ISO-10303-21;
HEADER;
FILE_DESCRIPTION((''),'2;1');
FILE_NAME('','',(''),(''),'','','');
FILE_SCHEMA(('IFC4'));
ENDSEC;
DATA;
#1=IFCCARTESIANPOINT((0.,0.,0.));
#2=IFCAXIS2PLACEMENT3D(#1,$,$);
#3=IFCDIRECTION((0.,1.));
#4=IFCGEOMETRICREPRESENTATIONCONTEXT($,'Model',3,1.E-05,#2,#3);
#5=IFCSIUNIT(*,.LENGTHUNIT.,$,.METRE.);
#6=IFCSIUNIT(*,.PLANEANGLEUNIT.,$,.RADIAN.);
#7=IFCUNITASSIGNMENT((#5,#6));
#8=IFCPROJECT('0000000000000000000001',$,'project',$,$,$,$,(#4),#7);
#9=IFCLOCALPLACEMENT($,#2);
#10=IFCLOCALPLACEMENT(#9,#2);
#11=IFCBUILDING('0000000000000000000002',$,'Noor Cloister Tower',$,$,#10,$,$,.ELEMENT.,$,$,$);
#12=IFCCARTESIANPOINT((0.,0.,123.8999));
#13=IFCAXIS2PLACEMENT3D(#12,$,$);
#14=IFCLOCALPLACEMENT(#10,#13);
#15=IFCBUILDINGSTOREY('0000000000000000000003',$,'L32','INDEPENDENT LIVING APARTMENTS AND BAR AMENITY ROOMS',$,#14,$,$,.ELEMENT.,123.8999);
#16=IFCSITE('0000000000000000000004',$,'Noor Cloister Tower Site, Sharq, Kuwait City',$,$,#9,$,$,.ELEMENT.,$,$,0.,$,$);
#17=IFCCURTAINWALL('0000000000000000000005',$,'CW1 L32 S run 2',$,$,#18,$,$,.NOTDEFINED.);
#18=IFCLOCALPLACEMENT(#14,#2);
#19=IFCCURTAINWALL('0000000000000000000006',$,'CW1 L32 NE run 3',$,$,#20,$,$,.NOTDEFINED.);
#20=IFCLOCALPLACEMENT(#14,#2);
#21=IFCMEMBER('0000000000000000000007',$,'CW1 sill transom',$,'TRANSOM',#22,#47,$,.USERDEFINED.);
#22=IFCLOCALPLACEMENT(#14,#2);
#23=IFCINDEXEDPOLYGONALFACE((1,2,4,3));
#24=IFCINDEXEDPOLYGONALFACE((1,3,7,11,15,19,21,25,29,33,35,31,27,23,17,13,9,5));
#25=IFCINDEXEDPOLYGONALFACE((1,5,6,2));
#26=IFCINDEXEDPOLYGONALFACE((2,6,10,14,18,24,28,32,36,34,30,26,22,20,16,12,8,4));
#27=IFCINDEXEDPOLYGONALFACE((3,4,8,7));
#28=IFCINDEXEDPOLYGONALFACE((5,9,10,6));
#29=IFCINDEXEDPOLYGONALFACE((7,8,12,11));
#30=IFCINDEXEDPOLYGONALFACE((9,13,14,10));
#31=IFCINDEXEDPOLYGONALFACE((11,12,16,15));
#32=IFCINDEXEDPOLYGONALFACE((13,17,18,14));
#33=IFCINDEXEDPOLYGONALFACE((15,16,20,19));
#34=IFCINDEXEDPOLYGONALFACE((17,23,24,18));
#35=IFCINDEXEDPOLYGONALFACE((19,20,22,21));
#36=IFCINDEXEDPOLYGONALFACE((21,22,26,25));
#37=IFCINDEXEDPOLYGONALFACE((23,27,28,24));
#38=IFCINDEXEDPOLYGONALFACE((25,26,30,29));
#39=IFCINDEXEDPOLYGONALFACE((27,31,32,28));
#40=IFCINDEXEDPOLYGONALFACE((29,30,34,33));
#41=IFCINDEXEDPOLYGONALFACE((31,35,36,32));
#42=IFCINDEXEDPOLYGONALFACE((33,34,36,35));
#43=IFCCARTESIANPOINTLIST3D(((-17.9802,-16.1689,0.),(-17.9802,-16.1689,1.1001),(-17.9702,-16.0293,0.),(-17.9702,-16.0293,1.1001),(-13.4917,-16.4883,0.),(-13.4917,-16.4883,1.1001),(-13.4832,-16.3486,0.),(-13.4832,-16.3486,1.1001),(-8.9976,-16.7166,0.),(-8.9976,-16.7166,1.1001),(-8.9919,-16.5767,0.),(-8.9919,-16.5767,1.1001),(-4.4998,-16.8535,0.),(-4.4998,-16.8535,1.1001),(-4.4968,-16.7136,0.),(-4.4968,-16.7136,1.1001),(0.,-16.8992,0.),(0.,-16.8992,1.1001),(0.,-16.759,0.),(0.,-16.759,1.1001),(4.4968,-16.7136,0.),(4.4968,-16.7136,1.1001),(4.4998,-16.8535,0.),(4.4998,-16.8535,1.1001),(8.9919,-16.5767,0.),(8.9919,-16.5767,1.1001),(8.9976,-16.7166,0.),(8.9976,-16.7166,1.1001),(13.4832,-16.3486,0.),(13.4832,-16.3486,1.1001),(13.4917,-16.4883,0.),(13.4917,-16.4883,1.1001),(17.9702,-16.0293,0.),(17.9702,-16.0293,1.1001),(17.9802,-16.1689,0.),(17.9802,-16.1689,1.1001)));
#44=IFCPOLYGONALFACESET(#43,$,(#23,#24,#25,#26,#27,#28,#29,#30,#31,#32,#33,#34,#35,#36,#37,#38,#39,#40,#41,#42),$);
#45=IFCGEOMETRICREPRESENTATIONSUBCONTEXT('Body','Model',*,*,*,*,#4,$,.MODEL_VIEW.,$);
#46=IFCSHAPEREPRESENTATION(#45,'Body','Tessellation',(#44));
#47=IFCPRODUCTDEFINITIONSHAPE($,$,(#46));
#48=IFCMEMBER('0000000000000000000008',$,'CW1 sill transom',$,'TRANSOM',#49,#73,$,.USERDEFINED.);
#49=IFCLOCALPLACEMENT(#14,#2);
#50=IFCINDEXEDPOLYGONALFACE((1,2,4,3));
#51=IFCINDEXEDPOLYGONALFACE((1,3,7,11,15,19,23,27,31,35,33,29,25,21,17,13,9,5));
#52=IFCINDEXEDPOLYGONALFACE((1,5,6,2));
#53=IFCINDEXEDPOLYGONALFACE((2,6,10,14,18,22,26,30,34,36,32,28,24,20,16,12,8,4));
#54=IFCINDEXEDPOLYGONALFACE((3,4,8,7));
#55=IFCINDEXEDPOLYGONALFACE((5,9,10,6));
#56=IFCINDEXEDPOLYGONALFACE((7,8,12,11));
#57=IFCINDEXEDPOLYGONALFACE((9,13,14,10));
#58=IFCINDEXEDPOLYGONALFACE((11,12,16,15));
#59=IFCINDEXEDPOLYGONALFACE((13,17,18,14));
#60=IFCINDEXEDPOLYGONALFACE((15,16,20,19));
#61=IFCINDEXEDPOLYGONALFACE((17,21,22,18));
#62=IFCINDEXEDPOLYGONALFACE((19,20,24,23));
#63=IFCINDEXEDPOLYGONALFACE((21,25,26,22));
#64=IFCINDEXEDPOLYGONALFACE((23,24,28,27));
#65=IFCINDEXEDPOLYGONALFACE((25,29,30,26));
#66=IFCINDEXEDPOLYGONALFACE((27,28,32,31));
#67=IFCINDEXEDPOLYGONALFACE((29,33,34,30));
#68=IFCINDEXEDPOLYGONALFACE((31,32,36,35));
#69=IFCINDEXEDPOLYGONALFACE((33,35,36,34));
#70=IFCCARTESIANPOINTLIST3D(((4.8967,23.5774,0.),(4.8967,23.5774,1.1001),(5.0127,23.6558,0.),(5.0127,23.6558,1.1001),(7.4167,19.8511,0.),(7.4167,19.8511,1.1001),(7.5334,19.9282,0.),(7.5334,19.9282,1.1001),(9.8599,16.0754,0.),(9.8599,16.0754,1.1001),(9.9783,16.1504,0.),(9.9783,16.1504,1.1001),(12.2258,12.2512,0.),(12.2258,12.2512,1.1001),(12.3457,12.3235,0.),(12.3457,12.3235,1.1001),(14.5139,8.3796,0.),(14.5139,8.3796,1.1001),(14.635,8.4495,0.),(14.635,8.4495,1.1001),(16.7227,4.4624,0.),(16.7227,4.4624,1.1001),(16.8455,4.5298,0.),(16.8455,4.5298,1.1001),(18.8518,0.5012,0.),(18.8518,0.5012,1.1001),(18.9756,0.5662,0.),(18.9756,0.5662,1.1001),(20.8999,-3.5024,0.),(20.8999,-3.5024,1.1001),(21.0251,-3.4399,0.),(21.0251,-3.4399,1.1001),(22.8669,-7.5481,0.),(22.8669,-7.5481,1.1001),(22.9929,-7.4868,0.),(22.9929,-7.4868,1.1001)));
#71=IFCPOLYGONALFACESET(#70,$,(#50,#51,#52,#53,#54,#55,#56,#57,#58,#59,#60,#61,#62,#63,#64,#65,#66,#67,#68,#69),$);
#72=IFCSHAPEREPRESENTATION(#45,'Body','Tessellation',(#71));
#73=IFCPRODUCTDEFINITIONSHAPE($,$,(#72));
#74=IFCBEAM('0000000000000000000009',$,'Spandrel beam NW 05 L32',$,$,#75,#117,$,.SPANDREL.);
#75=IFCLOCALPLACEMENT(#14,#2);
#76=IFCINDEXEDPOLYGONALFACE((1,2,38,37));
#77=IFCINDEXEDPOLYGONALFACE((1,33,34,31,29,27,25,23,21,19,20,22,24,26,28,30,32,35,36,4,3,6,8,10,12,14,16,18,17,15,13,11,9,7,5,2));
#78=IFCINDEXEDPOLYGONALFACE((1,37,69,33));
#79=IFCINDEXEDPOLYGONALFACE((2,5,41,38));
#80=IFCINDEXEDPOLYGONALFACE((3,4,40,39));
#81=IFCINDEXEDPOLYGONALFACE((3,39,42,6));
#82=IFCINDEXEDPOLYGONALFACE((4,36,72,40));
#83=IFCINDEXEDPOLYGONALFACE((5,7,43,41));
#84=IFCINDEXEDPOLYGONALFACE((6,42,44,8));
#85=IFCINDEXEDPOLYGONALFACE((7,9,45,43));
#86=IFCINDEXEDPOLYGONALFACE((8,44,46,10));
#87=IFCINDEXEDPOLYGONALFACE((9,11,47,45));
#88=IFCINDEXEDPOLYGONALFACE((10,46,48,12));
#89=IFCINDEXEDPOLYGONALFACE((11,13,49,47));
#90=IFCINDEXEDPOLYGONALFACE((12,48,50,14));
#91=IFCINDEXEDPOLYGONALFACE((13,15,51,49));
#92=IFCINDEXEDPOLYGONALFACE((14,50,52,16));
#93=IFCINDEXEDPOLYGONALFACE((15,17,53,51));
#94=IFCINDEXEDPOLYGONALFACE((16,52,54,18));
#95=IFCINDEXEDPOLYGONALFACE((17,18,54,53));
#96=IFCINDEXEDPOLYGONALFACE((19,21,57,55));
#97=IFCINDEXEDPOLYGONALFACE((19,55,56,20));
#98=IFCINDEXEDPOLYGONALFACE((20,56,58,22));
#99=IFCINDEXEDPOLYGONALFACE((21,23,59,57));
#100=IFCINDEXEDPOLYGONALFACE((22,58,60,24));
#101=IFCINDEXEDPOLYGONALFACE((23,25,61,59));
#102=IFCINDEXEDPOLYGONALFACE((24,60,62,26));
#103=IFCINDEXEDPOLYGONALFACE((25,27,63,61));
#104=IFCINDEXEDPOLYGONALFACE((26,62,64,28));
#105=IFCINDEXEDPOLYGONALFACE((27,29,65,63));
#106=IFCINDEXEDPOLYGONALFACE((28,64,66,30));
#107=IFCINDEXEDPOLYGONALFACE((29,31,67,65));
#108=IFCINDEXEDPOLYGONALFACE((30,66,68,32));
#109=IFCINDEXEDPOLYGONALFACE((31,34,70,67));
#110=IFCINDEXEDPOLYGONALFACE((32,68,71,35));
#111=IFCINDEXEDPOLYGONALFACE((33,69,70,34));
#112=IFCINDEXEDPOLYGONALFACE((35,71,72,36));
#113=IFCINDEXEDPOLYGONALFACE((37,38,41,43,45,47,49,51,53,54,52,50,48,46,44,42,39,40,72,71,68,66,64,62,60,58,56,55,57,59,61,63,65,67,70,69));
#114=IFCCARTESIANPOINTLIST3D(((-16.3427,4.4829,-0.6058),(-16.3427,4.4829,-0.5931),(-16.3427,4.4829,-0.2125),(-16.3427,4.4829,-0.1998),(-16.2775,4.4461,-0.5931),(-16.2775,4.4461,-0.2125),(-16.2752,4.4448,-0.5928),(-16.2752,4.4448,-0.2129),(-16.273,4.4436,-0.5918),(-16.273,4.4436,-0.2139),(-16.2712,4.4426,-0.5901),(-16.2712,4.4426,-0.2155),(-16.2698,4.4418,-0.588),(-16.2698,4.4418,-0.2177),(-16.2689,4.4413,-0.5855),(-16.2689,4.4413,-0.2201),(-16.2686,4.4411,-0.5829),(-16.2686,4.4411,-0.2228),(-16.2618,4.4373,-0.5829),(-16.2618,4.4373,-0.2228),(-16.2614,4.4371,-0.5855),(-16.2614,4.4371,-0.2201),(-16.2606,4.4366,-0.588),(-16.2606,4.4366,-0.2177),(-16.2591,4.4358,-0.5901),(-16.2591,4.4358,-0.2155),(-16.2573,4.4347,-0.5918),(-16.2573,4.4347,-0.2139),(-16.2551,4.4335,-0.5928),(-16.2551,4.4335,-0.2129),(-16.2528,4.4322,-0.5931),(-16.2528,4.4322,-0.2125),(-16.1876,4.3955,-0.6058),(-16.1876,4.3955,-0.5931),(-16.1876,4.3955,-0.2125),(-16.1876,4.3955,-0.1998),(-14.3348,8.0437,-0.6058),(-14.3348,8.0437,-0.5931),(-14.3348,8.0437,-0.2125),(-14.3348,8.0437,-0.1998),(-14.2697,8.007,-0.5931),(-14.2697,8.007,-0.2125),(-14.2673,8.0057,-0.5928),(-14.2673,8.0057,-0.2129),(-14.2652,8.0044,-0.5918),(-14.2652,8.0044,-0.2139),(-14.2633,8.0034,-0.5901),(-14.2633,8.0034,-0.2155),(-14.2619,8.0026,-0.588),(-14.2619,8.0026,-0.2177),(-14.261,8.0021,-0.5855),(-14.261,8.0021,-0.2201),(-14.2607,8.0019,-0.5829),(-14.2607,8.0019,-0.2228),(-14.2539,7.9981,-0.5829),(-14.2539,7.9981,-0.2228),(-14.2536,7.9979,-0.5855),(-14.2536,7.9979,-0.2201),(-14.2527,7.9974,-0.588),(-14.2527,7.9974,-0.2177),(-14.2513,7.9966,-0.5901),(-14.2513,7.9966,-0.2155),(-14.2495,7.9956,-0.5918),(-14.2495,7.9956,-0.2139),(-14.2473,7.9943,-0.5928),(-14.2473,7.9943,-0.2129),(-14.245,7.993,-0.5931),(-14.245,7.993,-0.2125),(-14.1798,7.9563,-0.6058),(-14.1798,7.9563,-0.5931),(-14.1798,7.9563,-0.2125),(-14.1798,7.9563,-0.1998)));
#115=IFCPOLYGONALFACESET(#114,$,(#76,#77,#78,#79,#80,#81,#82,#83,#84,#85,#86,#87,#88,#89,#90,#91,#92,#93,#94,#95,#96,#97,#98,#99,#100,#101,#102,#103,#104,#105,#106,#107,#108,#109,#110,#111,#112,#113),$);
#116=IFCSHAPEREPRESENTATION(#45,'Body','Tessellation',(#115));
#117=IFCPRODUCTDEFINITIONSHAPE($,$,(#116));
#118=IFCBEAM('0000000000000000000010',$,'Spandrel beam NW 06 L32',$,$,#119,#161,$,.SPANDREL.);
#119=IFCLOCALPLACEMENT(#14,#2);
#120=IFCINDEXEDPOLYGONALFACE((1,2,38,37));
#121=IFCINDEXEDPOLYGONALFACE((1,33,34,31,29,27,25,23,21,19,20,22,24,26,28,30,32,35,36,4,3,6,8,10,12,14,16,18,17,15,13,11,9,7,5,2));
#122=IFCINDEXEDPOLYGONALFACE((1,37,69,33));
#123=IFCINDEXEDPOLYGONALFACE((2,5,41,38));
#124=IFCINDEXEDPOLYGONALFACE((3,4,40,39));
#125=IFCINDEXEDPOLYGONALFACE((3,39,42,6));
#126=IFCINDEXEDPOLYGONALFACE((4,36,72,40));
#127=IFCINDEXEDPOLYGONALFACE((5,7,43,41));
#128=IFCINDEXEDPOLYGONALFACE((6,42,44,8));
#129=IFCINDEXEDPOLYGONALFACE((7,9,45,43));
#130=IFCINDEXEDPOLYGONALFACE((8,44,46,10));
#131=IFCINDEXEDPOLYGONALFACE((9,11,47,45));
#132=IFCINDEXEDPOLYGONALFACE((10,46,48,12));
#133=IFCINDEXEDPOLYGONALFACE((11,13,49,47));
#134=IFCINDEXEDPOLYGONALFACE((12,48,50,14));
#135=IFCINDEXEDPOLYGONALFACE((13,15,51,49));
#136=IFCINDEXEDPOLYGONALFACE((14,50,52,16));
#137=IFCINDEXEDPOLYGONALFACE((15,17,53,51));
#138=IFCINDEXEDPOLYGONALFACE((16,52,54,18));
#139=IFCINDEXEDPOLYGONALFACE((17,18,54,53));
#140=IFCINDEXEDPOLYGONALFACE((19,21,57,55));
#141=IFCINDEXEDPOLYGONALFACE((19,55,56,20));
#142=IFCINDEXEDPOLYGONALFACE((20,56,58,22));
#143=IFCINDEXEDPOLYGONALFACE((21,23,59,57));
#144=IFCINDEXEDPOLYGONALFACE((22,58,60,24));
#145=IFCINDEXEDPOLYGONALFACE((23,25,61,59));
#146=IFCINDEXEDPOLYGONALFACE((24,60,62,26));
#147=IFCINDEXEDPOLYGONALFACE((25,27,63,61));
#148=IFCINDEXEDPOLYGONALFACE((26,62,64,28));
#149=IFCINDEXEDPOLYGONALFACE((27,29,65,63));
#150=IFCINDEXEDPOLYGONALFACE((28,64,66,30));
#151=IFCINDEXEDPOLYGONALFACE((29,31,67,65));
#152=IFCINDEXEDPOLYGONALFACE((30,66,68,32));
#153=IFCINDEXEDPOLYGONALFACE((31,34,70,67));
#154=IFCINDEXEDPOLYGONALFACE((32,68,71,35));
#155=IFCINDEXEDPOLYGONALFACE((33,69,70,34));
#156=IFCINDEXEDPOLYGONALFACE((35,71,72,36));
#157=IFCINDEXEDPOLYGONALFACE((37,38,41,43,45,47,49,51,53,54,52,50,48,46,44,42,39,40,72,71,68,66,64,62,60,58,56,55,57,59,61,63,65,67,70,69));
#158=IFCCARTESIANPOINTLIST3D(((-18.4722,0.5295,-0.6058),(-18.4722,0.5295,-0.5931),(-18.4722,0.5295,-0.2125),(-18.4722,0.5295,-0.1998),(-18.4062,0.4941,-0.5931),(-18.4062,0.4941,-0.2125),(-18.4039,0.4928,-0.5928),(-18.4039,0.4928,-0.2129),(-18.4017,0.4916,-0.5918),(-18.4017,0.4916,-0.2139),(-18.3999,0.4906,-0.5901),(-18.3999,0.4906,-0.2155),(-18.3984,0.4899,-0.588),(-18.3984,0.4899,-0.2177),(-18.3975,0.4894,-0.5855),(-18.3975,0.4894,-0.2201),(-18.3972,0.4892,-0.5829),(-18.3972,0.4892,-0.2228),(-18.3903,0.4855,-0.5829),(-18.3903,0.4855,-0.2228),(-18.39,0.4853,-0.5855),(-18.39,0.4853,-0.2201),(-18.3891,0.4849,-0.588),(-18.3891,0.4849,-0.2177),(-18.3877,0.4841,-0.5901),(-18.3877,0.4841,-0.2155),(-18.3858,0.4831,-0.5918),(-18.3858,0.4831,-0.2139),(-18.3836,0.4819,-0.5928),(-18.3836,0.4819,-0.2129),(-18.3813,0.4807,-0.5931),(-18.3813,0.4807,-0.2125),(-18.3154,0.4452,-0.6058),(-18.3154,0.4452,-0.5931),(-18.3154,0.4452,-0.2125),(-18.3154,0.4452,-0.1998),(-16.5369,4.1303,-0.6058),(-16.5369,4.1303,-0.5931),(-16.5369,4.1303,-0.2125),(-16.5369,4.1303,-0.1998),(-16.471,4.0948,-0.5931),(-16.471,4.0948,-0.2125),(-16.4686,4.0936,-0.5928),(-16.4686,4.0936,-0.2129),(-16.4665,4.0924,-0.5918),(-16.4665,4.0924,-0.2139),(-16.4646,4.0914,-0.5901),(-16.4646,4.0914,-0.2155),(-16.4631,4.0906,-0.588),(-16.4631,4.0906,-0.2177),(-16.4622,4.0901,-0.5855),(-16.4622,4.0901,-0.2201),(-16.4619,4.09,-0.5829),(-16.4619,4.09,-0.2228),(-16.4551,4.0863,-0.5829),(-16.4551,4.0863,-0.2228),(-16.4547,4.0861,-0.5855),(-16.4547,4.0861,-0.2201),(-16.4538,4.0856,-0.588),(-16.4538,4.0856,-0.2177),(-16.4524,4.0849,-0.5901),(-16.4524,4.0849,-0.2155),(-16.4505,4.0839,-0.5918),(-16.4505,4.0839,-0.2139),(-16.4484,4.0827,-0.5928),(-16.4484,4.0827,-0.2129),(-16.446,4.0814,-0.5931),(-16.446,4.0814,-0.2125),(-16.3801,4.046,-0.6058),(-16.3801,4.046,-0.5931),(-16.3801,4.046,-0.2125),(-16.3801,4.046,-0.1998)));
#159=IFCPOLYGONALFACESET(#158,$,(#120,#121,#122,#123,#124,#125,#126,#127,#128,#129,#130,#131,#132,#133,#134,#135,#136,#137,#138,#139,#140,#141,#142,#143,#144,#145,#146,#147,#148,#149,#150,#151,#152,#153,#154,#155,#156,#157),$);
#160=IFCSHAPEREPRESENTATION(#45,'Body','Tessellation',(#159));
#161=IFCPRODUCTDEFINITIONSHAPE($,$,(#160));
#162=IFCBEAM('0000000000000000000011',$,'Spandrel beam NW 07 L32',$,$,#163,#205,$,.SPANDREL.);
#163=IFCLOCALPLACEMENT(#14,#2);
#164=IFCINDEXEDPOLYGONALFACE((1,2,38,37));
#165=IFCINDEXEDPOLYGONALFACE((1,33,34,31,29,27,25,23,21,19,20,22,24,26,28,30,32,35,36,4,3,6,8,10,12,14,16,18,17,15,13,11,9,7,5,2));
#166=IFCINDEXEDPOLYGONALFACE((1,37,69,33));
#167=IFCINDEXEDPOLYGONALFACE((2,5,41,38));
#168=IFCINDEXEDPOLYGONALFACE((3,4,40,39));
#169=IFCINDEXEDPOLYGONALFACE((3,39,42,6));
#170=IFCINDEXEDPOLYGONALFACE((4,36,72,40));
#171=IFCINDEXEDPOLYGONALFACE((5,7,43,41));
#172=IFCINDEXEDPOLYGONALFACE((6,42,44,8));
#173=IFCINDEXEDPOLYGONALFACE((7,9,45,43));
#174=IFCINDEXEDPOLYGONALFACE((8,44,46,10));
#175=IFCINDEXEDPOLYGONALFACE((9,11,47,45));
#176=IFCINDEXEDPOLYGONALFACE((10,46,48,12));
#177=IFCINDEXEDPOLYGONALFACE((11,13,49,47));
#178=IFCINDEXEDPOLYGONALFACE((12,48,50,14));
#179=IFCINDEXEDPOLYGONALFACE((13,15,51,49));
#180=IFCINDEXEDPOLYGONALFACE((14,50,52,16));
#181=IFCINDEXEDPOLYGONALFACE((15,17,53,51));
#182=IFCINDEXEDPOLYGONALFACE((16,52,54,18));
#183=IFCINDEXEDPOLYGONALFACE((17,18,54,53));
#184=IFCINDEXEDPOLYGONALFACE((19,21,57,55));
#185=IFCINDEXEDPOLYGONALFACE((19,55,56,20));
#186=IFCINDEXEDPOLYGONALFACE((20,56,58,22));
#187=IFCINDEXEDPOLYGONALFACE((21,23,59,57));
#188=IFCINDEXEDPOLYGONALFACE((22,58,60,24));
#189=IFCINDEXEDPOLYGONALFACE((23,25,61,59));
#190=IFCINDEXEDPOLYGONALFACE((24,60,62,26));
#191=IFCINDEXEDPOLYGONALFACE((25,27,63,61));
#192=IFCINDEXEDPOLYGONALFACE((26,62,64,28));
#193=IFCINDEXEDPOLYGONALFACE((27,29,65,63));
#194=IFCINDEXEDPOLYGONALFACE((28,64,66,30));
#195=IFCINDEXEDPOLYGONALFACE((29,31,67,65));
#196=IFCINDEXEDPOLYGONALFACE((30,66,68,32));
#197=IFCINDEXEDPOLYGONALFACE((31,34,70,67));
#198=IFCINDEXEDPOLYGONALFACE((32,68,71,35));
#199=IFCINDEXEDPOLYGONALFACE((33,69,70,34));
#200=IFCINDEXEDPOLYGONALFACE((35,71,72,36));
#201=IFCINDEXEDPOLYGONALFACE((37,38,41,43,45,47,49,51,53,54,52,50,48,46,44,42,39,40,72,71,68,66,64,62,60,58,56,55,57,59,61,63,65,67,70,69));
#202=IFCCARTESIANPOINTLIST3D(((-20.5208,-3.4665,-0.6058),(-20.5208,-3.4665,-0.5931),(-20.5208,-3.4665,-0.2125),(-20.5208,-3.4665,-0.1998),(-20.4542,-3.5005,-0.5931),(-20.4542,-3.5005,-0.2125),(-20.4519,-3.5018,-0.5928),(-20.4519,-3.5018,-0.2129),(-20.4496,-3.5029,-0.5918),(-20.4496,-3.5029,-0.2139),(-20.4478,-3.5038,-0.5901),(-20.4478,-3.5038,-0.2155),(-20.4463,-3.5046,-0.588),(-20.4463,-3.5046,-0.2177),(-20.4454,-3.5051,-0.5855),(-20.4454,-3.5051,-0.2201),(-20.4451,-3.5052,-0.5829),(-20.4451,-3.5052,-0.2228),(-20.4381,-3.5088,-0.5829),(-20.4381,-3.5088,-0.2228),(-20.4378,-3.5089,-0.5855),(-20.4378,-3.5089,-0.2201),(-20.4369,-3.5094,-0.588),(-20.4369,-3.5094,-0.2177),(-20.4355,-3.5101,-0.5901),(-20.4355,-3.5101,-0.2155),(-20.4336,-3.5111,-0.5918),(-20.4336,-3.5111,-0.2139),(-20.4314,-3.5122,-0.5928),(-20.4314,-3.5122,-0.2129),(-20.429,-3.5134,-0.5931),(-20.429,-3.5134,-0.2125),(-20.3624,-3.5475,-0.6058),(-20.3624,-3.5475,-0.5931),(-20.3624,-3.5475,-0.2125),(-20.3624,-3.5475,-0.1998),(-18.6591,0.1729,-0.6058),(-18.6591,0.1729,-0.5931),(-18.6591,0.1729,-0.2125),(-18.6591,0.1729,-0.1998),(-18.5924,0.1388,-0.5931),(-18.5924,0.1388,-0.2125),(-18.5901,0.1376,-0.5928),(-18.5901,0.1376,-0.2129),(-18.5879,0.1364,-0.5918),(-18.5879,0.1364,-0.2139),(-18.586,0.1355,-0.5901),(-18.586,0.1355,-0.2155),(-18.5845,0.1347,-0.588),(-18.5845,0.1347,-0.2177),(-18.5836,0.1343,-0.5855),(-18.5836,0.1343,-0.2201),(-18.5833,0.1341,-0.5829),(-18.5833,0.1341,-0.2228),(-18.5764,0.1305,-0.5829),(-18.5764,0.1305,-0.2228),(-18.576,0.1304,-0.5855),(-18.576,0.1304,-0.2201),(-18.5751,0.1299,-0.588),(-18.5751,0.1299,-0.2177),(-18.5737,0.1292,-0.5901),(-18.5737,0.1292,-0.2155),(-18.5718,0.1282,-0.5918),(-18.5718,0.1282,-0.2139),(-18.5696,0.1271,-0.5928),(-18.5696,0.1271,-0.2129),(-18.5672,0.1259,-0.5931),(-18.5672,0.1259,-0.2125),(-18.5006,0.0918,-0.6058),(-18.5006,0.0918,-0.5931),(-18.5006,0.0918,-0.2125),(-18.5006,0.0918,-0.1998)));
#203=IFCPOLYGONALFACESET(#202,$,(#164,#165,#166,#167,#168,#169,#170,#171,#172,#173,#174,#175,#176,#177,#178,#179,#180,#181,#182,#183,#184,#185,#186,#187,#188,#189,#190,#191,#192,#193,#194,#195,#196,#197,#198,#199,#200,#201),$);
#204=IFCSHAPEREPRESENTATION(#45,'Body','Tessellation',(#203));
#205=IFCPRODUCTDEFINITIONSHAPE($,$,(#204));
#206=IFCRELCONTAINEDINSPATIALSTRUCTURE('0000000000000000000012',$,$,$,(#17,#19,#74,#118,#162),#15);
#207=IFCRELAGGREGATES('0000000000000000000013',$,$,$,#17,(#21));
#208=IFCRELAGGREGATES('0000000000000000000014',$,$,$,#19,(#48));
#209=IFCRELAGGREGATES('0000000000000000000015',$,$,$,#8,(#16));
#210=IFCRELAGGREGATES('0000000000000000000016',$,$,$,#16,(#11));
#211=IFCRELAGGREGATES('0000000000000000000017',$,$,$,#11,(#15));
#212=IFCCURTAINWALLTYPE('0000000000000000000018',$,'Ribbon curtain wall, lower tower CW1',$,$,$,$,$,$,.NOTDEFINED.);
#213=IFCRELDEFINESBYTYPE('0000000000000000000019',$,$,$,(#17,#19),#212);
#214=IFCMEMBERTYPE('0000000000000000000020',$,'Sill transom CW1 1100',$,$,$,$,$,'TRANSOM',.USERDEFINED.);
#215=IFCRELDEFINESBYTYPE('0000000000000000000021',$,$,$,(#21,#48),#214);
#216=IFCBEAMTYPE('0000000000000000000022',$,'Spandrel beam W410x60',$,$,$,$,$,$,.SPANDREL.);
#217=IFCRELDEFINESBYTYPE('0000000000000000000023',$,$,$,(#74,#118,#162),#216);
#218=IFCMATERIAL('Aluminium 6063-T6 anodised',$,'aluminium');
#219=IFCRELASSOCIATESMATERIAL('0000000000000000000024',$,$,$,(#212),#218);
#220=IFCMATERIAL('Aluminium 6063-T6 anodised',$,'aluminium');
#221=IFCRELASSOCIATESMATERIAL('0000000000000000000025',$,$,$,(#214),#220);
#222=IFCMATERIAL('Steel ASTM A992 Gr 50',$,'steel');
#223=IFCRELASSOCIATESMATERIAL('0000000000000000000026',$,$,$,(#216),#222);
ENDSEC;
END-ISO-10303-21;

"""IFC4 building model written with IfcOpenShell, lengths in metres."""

from ifc_helpers import new_model, si_unit, direction, frame, origin, origin_2d, place, context, subcontext, project, spatial, polyline, i_section, outline, extrude, material, material_profile, profile_set, type_object, element, aggregate, save


model = new_model("IFC4")

# Units and contexts
model_context = context("Model", 3, precision=1e-05, world=origin(), true_north=direction((0.0, 1.0)))
body_context = subcontext(model_context, "Body", "Model", "MODEL_VIEW")
ifc_project = project(units=[si_unit("LENGTHUNIT", "METRE"), si_unit("PLANEANGLEUNIT", "RADIAN")], contexts=[model_context])

# Site, building, storey
site_placement = place(None, origin())
site = spatial("IfcSite", under=ifc_project, at=site_placement, Name="Noor Cloister Tower Site, Sharq, Kuwait City", CompositionType="ELEMENT", RefElevation=0.0)
building_placement = place(site_placement, origin())
building = spatial("IfcBuilding", under=site, at=building_placement, Name="Noor Cloister Tower", CompositionType="ELEMENT")
storey_placement = place(building_placement, frame((0.0, 0.0, 123.8999)))
storey = spatial("IfcBuildingStorey", under=building, at=storey_placement, Name="L32", Description="INDEPENDENT LIVING APARTMENTS AND BAR AMENITY ROOMS", CompositionType="ELEMENT", Elevation=123.8999)

# Curtain walls
ifc_material_1 = material(Name="Aluminium 6063-T6 anodised", Category="aluminium")
curtain_wall_type = type_object("IfcCurtainWallType", Name="Ribbon curtain wall, lower tower CW1", PredefinedType="NOTDEFINED", material=ifc_material_1)
curtain_wall_1_placement = place(storey_placement, origin())
curtain_wall_1 = element("IfcCurtainWall", 1, at=curtain_wall_1_placement, inside=storey, type_object=curtain_wall_type, Name="CW1 L32 S run 2", PredefinedType="NOTDEFINED")
curtain_wall_2_placement = place(storey_placement, origin())
curtain_wall_2 = element("IfcCurtainWall", 2, at=curtain_wall_2_placement, inside=storey, type_object=curtain_wall_type, Name="CW1 L32 NE run 3", PredefinedType="NOTDEFINED")

# Members
ifc_material_2 = material(Name="Aluminium 6063-T6 anodised", Category="aluminium")
member_type_1 = type_object("IfcMemberType", Name="Sill transom CW1 1100", ElementType="TRANSOM", PredefinedType="USERDEFINED", material=ifc_material_2)
member_1_placement = place(storey_placement, origin())
member_1 = element("IfcMember", 3, at=member_1_placement, type_object=member_type_1, Name="CW1 sill transom", ObjectType="TRANSOM", PredefinedType="USERDEFINED", context=body_context, shape_type="SweptSolid", body=[
    extrude(outline(polyline([(-17.9802, -16.1689), (-13.4917, -16.4883), (-8.9976, -16.7166), (-4.4998, -16.8535), (0.0, -16.8992), (4.4998, -16.8535), (8.9976, -16.7166), (13.4917, -16.4883), (17.9802, -16.1689), (17.9702, -16.0293), (13.4832, -16.3486), (8.9919, -16.5767), (4.4968, -16.7136), (0.0, -16.759), (-4.4968, -16.7136), (-8.9919, -16.5767), (-13.4832, -16.3486), (-17.9702, -16.0293), (-17.9802, -16.1689)])), origin(), (0.0, 0.0, 1.0), 1.1001),
])
aggregate(curtain_wall_1, [member_1])
member_2_placement = place(storey_placement, origin())
member_2 = element("IfcMember", 4, at=member_2_placement, type_object=member_type_1, Name="CW1 sill transom", ObjectType="TRANSOM", PredefinedType="USERDEFINED", context=body_context, shape_type="SweptSolid", body=[
    extrude(outline(polyline([(22.9929, -7.4868), (21.0251, -3.4399), (18.9756, 0.5662), (16.8455, 4.5298), (14.635, 8.4495), (12.3457, 12.3235), (9.9783, 16.1504), (7.5334, 19.9282), (5.0127, 23.6558), (4.8967, 23.5774), (7.4167, 19.8511), (9.8599, 16.0754), (12.2258, 12.2512), (14.5139, 8.3796), (16.7227, 4.4624), (18.8518, 0.5012), (20.8999, -3.5024), (22.8669, -7.5481), (22.9929, -7.4868)])), origin(), (0.0, 0.0, 1.0), 1.1001),
])
aggregate(curtain_wall_2, [member_2])

# Beams
ifc_material_3 = material(Name="Steel ASTM A992 Gr 50", Category="steel")
ifc_material_profile_1 = material_profile(ifc_material_3, i_section(OverallWidth=0.178, OverallDepth=0.406, WebThickness=0.0078, FlangeThickness=0.0127, FilletRadius=0.0103, at=origin_2d()), Name="W410x60")
ifc_profile_set_1 = profile_set([ifc_material_profile_1], Name="Steel ASTM A992 Gr 50")
beam_type_1 = type_object("IfcBeamType", Name="Spandrel beam W410x60", PredefinedType="SPANDREL", material=ifc_profile_set_1)
for number, where, z_axis, x_axis, name in (
    (5, (-14.2573, 8.0, -0.4028), (-0.491166, -0.871066, 0.0), (0.871066, -0.491166, 0.0), "Spandrel beam NW 05 L32"),
    (6, (-16.4585, 4.0881, -0.4028), (-0.473416, -0.880839, 0.0), (0.880839, -0.473416, 0.0), "Spandrel beam NW 06 L32"),
    (7, (-18.5798, 0.1323, -0.4028), (-0.455436, -0.890268, 0.0), (0.890268, -0.455436, 0.0), "Spandrel beam NW 07 L32"),
):
    element("IfcBeam", number, at=place(storey_placement, frame(where, z_axis=z_axis, x_axis=x_axis)), inside=storey, type_object=beam_type_1, Name=name, PredefinedType="SPANDREL", context=body_context, shape_type="SweptSolid", body=[
        extrude(i_section(OverallWidth=0.178, OverallDepth=0.406, WebThickness=0.0078, FlangeThickness=0.0127, FilletRadius=0.0103, at=origin_2d()), origin(), (0.0, 0.0, 1.0), 4.0879),
    ])

save(model, "model.ifc")
